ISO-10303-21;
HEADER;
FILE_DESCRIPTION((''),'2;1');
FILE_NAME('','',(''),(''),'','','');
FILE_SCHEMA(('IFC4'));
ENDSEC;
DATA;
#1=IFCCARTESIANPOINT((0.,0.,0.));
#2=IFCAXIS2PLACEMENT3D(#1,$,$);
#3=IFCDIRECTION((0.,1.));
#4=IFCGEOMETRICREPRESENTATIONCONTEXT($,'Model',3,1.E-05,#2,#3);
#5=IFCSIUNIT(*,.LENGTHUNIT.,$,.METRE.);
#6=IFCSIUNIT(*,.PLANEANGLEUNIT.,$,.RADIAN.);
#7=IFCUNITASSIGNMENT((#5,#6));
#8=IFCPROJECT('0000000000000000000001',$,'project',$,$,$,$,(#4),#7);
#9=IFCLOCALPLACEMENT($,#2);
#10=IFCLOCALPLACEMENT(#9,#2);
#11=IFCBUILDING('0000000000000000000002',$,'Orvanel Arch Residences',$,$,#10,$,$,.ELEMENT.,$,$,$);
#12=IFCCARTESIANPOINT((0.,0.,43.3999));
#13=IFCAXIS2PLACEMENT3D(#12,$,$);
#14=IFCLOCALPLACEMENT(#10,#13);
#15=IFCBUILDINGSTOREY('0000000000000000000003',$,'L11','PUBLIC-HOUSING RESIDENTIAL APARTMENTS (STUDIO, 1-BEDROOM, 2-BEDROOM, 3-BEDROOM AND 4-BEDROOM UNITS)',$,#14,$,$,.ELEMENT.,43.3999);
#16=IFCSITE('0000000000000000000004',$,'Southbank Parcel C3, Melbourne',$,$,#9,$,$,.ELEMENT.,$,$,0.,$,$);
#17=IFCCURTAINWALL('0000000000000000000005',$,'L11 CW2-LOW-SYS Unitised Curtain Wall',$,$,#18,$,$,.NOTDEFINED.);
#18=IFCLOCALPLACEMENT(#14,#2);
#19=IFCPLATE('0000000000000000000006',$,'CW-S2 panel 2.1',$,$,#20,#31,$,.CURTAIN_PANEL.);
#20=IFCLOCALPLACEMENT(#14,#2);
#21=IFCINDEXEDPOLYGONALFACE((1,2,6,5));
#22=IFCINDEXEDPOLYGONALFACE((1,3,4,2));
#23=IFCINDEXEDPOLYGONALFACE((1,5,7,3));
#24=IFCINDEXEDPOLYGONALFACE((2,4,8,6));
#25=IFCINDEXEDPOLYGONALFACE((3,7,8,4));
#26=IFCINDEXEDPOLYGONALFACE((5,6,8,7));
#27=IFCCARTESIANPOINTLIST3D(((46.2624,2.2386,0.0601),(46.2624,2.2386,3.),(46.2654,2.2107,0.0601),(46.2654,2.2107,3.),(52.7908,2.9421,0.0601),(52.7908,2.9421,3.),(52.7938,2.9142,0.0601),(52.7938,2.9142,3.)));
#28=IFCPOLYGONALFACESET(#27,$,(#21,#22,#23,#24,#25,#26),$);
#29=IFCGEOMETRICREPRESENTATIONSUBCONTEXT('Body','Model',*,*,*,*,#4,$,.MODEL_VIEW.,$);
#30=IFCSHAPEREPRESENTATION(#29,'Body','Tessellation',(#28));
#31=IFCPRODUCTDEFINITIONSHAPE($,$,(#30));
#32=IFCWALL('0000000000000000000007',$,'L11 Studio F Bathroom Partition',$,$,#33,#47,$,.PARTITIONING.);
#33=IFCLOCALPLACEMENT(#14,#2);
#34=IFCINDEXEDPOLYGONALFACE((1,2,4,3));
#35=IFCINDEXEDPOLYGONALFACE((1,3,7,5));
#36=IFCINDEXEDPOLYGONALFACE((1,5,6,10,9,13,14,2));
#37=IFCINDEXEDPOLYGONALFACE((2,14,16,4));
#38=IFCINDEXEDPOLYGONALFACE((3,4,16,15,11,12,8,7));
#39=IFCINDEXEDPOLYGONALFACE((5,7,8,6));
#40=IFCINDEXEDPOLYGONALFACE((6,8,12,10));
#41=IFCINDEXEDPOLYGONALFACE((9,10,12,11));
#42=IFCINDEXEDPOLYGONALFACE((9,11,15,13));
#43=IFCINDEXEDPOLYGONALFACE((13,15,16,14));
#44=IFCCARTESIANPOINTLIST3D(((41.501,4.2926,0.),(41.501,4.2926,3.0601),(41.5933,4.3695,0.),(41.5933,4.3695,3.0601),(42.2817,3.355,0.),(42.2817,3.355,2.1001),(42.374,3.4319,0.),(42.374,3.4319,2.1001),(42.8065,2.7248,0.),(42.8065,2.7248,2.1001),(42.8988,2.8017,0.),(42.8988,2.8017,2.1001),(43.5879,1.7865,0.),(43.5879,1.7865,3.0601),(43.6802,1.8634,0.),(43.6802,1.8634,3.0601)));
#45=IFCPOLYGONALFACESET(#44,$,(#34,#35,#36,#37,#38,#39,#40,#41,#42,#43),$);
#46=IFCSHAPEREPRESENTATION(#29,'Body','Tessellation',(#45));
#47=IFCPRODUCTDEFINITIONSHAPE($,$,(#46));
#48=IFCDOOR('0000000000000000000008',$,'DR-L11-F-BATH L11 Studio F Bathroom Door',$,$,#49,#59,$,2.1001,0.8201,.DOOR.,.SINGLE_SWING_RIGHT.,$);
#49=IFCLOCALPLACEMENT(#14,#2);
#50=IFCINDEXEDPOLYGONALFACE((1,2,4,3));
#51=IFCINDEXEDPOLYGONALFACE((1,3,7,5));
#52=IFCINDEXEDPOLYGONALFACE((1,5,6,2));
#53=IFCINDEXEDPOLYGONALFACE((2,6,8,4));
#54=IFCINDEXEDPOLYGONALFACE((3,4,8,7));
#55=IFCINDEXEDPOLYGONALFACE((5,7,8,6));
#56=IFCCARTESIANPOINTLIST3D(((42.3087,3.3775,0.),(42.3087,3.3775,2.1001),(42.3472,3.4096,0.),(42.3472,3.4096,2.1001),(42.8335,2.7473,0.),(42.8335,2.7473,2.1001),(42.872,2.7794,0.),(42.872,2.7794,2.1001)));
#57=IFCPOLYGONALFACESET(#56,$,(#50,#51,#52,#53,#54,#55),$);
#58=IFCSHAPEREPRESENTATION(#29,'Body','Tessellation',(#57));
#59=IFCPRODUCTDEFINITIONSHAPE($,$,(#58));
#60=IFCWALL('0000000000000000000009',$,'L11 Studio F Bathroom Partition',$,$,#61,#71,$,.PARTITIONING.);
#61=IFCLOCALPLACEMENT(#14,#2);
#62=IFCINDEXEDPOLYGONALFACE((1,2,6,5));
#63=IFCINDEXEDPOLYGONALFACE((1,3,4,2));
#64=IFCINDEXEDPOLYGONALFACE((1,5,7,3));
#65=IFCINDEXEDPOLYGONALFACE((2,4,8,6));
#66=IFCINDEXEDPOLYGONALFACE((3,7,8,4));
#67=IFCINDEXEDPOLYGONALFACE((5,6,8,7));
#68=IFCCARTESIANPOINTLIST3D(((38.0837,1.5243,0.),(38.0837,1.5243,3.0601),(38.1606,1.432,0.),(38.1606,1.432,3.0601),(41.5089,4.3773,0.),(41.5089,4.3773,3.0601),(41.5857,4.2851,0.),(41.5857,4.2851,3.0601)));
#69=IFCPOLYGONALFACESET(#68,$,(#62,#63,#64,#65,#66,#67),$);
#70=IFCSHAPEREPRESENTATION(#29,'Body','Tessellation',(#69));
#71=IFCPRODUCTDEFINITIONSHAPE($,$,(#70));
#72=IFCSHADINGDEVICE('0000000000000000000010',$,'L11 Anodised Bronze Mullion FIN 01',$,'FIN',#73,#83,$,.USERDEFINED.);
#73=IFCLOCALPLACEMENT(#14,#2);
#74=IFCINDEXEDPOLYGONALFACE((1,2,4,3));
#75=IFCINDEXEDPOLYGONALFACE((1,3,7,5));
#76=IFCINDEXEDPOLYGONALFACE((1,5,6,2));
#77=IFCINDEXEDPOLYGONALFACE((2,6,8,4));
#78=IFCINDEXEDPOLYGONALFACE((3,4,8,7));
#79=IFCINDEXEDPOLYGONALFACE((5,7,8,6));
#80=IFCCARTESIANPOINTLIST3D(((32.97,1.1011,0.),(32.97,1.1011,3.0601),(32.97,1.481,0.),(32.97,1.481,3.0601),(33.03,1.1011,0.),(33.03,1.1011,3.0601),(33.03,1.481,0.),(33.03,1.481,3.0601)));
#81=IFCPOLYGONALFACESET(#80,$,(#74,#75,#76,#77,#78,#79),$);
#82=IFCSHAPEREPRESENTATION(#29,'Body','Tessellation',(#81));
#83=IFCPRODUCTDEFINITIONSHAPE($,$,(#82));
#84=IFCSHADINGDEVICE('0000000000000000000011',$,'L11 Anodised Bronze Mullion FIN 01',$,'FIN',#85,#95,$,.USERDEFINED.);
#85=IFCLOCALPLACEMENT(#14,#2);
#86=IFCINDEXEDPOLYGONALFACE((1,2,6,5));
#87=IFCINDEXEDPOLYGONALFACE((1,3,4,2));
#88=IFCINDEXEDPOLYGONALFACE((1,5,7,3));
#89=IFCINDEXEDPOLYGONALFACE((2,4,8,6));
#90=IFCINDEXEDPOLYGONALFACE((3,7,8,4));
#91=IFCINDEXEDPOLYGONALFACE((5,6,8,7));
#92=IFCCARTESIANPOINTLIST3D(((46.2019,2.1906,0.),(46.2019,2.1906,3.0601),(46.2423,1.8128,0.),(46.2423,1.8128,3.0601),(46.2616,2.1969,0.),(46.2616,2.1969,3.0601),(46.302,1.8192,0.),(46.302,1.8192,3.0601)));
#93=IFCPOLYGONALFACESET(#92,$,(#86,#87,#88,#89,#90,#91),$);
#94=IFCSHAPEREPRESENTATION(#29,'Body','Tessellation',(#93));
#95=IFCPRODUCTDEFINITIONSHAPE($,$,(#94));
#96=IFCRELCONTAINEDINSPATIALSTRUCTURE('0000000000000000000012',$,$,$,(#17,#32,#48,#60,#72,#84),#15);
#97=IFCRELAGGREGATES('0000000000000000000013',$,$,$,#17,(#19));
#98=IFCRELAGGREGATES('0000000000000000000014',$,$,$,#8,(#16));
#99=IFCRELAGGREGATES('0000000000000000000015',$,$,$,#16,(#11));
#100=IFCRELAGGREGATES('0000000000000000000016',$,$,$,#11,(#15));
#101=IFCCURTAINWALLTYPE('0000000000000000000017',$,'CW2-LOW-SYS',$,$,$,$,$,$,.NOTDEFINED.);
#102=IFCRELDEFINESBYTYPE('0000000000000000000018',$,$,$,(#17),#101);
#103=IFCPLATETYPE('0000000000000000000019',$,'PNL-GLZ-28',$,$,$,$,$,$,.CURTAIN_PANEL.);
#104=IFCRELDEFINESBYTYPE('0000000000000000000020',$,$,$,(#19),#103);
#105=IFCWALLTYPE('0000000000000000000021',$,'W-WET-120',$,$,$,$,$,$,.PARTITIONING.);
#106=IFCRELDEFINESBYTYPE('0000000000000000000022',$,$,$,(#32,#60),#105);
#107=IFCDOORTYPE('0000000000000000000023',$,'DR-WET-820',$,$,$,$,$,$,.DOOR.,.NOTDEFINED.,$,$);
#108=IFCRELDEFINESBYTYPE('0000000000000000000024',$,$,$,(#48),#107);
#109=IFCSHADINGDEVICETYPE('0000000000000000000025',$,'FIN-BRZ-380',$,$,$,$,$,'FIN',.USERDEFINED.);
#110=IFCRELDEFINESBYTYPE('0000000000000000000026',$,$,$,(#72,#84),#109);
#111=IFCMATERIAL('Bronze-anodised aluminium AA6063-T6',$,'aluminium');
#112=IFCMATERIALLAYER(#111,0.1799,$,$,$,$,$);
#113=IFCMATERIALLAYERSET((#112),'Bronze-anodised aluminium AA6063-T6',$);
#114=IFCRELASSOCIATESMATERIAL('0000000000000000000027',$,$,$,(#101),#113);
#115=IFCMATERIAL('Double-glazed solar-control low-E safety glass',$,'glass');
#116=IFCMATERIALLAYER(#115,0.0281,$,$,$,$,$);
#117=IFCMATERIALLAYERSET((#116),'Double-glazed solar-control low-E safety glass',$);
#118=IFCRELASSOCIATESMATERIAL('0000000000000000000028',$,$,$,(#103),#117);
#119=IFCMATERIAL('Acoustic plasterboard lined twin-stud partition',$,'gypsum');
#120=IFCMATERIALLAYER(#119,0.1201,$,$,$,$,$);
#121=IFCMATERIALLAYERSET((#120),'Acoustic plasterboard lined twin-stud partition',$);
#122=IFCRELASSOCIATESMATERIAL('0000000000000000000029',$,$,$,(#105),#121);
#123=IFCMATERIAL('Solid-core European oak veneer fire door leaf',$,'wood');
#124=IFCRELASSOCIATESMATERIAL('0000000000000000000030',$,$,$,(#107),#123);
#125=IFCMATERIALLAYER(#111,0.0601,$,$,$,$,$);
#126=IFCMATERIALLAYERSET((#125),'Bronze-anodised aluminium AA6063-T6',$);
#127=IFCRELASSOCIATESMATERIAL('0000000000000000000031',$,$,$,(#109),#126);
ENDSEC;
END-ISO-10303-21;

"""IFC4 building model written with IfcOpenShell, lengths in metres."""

from ifc_helpers import new_model, si_unit, direction, frame, frame_2d, origin, origin_2d, place, context, subcontext, project, spatial, rectangle, extrude, material, layer, layer_set, type_object, element, fill, aggregate, save


model = new_model("IFC4")

# Units and contexts
model_context = context("Model", 3, precision=1e-05, world=origin(), true_north=direction((0.0, 1.0)))
body_context = subcontext(model_context, "Body", "Model", "MODEL_VIEW")
ifc_project = project(units=[si_unit("LENGTHUNIT", "METRE"), si_unit("PLANEANGLEUNIT", "RADIAN")], contexts=[model_context])

# Site, building, storey
site_placement = place(None, origin())
site = spatial("IfcSite", under=ifc_project, at=site_placement, Name="Southbank Parcel C3, Melbourne", CompositionType="ELEMENT", RefElevation=0.0)
building_placement = place(site_placement, origin())
building = spatial("IfcBuilding", under=site, at=building_placement, Name="Orvanel Arch Residences", CompositionType="ELEMENT")
storey_placement = place(building_placement, frame((0.0, 0.0, 43.3999)))
storey = spatial("IfcBuildingStorey", under=building, at=storey_placement, Name="L11", Description="PUBLIC-HOUSING RESIDENTIAL APARTMENTS (STUDIO, 1-BEDROOM, 2-BEDROOM, 3-BEDROOM AND 4-BEDROOM UNITS)", CompositionType="ELEMENT", Elevation=43.3999)

# Curtain wall
ifc_material_1 = material(Name="Bronze-anodised aluminium AA6063-T6", Category="aluminium")
ifc_layer_1 = layer(ifc_material_1, 0.1799)
ifc_layer_set_1 = layer_set([ifc_layer_1], Name="Bronze-anodised aluminium AA6063-T6")
curtain_wall_type = type_object("IfcCurtainWallType", Name="CW2-LOW-SYS", PredefinedType="NOTDEFINED", material=ifc_layer_set_1)
curtain_wall_1_placement = place(storey_placement, origin())
curtain_wall_1 = element("IfcCurtainWall", 1, at=curtain_wall_1_placement, inside=storey, type_object=curtain_wall_type, Name="L11 CW2-LOW-SYS Unitised Curtain Wall", PredefinedType="NOTDEFINED")

# Plate
ifc_material_2 = material(Name="Double-glazed solar-control low-E safety glass", Category="glass")
ifc_layer_2 = layer(ifc_material_2, 0.0281)
ifc_layer_set_2 = layer_set([ifc_layer_2], Name="Double-glazed solar-control low-E safety glass")
plate_type = type_object("IfcPlateType", Name="PNL-GLZ-28", PredefinedType="CURTAIN_PANEL", material=ifc_layer_set_2)
plate_1_placement = place(storey_placement, frame((49.5281, 2.5764, 0.0601), z_axis=(0.0, 0.0, 1.0), x_axis=(0.994244, 0.10714, 0.0)))
plate_1 = element("IfcPlate", 2, at=plate_1_placement, type_object=plate_type, Name="CW-S2 panel 2.1", PredefinedType="CURTAIN_PANEL", context=body_context, shape_type="SweptSolid", body=[
    extrude(rectangle(XDim=6.5662, YDim=0.0281, at=origin_2d()), origin(), (0.0, 0.0, 1.0), 2.9399),
])
aggregate(curtain_wall_1, [plate_1])

# Wall, opening, door
ifc_material_3 = material(Name="Acoustic plasterboard lined twin-stud partition", Category="gypsum")
ifc_layer_3 = layer(ifc_material_3, 0.1201)
ifc_layer_set_3 = layer_set([ifc_layer_3], Name="Acoustic plasterboard lined twin-stud partition")
wall_type = type_object("IfcWallType", Name="W-WET-120", PredefinedType="PARTITIONING", material=ifc_layer_set_3)
wall_1_placement = place(storey_placement, frame((43.634, 1.825, 0.0), z_axis=(0.0, 0.0, 1.0), x_axis=(-0.639912, 0.768448, 0.0)))
wall_1 = element("IfcWall", 3, at=wall_1_placement, inside=storey, type_object=wall_type, Name="L11 Studio F Bathroom Partition", PredefinedType="PARTITIONING", context=body_context, shape_type="SweptSolid", body=[
    extrude(rectangle(XDim=3.2612, YDim=0.1201, at=frame_2d((1.6306, 0.0))), origin(), (0.0, 0.0, 1.0), 3.0601),
])
opening_placement = place(wall_1_placement, frame((1.2209, 0.0, 0.0)))
opening = element("IfcOpeningElement", 4, at=opening_placement, cuts=wall_1, PredefinedType="OPENING", context=body_context, shape_type="SweptSolid", body=[
    extrude(rectangle(XDim=0.8201, YDim=2.1001, at=frame_2d((0.4102, 1.05))), frame((0.0, 0.0701, 0.0), z_axis=(0.0, -1.0, 0.0), x_axis=(1.0, 0.0, 0.0)), (0.0, 0.0, 1.0), 0.1401),
])
ifc_material_4 = material(Name="Solid-core European oak veneer fire door leaf", Category="wood")
door_type = type_object("IfcDoorType", Name="DR-WET-820", OperationType="NOTDEFINED", PredefinedType="DOOR", material=ifc_material_4)
door_placement = place(opening_placement, origin())
door = element("IfcDoor", 5, at=door_placement, inside=storey, type_object=door_type, Name="DR-L11-F-BATH L11 Studio F Bathroom Door", OperationType="SINGLE_SWING_RIGHT", OverallHeight=2.1001, OverallWidth=0.8201, PredefinedType="DOOR", context=body_context, shape_type="SweptSolid", body=[
    extrude(rectangle(XDim=0.8201, YDim=2.1001, at=frame_2d((0.4102, 1.05))), frame((0.0, 0.0249, 0.0), z_axis=(0.0, -1.0, 0.0), x_axis=(1.0, 0.0, 0.0)), (0.0, 0.0, 1.0), 0.05),
])
fill(opening, door)

# Wall
wall_2_placement = place(storey_placement, frame((38.1221, 1.478, 0.0), z_axis=(0.0, 0.0, 1.0), x_axis=(0.768351, 0.640028, 0.0)))
element("IfcWall", 6, at=wall_2_placement, inside=storey, type_object=wall_type, Name="L11 Studio F Bathroom Partition", PredefinedType="PARTITIONING", context=body_context, shape_type="SweptSolid", body=[
    extrude(rectangle(XDim=4.4578, YDim=0.1201, at=frame_2d((2.229, 0.0))), origin(), (0.0, 0.0, 1.0), 3.0601),
])

# Shading devices
ifc_layer_4 = layer(ifc_material_1, 0.0601)
ifc_layer_set_4 = layer_set([ifc_layer_4], Name="Bronze-anodised aluminium AA6063-T6")
shading_device_type = type_object("IfcShadingDeviceType", Name="FIN-BRZ-380", ElementType="FIN", PredefinedType="USERDEFINED", material=ifc_layer_set_4)
for number, where, z_axis, x_axis, name in (
    (7, (33.0, 1.291, 0.0), (0.0, 0.0, 1.0), (0.0, -1.0, 0.0), "L11 Anodised Bronze Mullion FIN 01"),
    (8, (46.252, 2.0049, 0.0), (0.0, 0.0, 1.0), (0.106264, -0.994338, 0.0), "L11 Anodised Bronze Mullion FIN 01"),
):
    element("IfcShadingDevice", number, at=place(storey_placement, frame(where, z_axis=z_axis, x_axis=x_axis)), inside=storey, type_object=shading_device_type, Name=name, ObjectType="FIN", PredefinedType="USERDEFINED", context=body_context, shape_type="SweptSolid", body=[
        extrude(rectangle(XDim=0.3799, YDim=0.0601, at=origin_2d()), origin(), (0.0, 0.0, 1.0), 3.0601),
    ])

save(model, "model.ifc")
